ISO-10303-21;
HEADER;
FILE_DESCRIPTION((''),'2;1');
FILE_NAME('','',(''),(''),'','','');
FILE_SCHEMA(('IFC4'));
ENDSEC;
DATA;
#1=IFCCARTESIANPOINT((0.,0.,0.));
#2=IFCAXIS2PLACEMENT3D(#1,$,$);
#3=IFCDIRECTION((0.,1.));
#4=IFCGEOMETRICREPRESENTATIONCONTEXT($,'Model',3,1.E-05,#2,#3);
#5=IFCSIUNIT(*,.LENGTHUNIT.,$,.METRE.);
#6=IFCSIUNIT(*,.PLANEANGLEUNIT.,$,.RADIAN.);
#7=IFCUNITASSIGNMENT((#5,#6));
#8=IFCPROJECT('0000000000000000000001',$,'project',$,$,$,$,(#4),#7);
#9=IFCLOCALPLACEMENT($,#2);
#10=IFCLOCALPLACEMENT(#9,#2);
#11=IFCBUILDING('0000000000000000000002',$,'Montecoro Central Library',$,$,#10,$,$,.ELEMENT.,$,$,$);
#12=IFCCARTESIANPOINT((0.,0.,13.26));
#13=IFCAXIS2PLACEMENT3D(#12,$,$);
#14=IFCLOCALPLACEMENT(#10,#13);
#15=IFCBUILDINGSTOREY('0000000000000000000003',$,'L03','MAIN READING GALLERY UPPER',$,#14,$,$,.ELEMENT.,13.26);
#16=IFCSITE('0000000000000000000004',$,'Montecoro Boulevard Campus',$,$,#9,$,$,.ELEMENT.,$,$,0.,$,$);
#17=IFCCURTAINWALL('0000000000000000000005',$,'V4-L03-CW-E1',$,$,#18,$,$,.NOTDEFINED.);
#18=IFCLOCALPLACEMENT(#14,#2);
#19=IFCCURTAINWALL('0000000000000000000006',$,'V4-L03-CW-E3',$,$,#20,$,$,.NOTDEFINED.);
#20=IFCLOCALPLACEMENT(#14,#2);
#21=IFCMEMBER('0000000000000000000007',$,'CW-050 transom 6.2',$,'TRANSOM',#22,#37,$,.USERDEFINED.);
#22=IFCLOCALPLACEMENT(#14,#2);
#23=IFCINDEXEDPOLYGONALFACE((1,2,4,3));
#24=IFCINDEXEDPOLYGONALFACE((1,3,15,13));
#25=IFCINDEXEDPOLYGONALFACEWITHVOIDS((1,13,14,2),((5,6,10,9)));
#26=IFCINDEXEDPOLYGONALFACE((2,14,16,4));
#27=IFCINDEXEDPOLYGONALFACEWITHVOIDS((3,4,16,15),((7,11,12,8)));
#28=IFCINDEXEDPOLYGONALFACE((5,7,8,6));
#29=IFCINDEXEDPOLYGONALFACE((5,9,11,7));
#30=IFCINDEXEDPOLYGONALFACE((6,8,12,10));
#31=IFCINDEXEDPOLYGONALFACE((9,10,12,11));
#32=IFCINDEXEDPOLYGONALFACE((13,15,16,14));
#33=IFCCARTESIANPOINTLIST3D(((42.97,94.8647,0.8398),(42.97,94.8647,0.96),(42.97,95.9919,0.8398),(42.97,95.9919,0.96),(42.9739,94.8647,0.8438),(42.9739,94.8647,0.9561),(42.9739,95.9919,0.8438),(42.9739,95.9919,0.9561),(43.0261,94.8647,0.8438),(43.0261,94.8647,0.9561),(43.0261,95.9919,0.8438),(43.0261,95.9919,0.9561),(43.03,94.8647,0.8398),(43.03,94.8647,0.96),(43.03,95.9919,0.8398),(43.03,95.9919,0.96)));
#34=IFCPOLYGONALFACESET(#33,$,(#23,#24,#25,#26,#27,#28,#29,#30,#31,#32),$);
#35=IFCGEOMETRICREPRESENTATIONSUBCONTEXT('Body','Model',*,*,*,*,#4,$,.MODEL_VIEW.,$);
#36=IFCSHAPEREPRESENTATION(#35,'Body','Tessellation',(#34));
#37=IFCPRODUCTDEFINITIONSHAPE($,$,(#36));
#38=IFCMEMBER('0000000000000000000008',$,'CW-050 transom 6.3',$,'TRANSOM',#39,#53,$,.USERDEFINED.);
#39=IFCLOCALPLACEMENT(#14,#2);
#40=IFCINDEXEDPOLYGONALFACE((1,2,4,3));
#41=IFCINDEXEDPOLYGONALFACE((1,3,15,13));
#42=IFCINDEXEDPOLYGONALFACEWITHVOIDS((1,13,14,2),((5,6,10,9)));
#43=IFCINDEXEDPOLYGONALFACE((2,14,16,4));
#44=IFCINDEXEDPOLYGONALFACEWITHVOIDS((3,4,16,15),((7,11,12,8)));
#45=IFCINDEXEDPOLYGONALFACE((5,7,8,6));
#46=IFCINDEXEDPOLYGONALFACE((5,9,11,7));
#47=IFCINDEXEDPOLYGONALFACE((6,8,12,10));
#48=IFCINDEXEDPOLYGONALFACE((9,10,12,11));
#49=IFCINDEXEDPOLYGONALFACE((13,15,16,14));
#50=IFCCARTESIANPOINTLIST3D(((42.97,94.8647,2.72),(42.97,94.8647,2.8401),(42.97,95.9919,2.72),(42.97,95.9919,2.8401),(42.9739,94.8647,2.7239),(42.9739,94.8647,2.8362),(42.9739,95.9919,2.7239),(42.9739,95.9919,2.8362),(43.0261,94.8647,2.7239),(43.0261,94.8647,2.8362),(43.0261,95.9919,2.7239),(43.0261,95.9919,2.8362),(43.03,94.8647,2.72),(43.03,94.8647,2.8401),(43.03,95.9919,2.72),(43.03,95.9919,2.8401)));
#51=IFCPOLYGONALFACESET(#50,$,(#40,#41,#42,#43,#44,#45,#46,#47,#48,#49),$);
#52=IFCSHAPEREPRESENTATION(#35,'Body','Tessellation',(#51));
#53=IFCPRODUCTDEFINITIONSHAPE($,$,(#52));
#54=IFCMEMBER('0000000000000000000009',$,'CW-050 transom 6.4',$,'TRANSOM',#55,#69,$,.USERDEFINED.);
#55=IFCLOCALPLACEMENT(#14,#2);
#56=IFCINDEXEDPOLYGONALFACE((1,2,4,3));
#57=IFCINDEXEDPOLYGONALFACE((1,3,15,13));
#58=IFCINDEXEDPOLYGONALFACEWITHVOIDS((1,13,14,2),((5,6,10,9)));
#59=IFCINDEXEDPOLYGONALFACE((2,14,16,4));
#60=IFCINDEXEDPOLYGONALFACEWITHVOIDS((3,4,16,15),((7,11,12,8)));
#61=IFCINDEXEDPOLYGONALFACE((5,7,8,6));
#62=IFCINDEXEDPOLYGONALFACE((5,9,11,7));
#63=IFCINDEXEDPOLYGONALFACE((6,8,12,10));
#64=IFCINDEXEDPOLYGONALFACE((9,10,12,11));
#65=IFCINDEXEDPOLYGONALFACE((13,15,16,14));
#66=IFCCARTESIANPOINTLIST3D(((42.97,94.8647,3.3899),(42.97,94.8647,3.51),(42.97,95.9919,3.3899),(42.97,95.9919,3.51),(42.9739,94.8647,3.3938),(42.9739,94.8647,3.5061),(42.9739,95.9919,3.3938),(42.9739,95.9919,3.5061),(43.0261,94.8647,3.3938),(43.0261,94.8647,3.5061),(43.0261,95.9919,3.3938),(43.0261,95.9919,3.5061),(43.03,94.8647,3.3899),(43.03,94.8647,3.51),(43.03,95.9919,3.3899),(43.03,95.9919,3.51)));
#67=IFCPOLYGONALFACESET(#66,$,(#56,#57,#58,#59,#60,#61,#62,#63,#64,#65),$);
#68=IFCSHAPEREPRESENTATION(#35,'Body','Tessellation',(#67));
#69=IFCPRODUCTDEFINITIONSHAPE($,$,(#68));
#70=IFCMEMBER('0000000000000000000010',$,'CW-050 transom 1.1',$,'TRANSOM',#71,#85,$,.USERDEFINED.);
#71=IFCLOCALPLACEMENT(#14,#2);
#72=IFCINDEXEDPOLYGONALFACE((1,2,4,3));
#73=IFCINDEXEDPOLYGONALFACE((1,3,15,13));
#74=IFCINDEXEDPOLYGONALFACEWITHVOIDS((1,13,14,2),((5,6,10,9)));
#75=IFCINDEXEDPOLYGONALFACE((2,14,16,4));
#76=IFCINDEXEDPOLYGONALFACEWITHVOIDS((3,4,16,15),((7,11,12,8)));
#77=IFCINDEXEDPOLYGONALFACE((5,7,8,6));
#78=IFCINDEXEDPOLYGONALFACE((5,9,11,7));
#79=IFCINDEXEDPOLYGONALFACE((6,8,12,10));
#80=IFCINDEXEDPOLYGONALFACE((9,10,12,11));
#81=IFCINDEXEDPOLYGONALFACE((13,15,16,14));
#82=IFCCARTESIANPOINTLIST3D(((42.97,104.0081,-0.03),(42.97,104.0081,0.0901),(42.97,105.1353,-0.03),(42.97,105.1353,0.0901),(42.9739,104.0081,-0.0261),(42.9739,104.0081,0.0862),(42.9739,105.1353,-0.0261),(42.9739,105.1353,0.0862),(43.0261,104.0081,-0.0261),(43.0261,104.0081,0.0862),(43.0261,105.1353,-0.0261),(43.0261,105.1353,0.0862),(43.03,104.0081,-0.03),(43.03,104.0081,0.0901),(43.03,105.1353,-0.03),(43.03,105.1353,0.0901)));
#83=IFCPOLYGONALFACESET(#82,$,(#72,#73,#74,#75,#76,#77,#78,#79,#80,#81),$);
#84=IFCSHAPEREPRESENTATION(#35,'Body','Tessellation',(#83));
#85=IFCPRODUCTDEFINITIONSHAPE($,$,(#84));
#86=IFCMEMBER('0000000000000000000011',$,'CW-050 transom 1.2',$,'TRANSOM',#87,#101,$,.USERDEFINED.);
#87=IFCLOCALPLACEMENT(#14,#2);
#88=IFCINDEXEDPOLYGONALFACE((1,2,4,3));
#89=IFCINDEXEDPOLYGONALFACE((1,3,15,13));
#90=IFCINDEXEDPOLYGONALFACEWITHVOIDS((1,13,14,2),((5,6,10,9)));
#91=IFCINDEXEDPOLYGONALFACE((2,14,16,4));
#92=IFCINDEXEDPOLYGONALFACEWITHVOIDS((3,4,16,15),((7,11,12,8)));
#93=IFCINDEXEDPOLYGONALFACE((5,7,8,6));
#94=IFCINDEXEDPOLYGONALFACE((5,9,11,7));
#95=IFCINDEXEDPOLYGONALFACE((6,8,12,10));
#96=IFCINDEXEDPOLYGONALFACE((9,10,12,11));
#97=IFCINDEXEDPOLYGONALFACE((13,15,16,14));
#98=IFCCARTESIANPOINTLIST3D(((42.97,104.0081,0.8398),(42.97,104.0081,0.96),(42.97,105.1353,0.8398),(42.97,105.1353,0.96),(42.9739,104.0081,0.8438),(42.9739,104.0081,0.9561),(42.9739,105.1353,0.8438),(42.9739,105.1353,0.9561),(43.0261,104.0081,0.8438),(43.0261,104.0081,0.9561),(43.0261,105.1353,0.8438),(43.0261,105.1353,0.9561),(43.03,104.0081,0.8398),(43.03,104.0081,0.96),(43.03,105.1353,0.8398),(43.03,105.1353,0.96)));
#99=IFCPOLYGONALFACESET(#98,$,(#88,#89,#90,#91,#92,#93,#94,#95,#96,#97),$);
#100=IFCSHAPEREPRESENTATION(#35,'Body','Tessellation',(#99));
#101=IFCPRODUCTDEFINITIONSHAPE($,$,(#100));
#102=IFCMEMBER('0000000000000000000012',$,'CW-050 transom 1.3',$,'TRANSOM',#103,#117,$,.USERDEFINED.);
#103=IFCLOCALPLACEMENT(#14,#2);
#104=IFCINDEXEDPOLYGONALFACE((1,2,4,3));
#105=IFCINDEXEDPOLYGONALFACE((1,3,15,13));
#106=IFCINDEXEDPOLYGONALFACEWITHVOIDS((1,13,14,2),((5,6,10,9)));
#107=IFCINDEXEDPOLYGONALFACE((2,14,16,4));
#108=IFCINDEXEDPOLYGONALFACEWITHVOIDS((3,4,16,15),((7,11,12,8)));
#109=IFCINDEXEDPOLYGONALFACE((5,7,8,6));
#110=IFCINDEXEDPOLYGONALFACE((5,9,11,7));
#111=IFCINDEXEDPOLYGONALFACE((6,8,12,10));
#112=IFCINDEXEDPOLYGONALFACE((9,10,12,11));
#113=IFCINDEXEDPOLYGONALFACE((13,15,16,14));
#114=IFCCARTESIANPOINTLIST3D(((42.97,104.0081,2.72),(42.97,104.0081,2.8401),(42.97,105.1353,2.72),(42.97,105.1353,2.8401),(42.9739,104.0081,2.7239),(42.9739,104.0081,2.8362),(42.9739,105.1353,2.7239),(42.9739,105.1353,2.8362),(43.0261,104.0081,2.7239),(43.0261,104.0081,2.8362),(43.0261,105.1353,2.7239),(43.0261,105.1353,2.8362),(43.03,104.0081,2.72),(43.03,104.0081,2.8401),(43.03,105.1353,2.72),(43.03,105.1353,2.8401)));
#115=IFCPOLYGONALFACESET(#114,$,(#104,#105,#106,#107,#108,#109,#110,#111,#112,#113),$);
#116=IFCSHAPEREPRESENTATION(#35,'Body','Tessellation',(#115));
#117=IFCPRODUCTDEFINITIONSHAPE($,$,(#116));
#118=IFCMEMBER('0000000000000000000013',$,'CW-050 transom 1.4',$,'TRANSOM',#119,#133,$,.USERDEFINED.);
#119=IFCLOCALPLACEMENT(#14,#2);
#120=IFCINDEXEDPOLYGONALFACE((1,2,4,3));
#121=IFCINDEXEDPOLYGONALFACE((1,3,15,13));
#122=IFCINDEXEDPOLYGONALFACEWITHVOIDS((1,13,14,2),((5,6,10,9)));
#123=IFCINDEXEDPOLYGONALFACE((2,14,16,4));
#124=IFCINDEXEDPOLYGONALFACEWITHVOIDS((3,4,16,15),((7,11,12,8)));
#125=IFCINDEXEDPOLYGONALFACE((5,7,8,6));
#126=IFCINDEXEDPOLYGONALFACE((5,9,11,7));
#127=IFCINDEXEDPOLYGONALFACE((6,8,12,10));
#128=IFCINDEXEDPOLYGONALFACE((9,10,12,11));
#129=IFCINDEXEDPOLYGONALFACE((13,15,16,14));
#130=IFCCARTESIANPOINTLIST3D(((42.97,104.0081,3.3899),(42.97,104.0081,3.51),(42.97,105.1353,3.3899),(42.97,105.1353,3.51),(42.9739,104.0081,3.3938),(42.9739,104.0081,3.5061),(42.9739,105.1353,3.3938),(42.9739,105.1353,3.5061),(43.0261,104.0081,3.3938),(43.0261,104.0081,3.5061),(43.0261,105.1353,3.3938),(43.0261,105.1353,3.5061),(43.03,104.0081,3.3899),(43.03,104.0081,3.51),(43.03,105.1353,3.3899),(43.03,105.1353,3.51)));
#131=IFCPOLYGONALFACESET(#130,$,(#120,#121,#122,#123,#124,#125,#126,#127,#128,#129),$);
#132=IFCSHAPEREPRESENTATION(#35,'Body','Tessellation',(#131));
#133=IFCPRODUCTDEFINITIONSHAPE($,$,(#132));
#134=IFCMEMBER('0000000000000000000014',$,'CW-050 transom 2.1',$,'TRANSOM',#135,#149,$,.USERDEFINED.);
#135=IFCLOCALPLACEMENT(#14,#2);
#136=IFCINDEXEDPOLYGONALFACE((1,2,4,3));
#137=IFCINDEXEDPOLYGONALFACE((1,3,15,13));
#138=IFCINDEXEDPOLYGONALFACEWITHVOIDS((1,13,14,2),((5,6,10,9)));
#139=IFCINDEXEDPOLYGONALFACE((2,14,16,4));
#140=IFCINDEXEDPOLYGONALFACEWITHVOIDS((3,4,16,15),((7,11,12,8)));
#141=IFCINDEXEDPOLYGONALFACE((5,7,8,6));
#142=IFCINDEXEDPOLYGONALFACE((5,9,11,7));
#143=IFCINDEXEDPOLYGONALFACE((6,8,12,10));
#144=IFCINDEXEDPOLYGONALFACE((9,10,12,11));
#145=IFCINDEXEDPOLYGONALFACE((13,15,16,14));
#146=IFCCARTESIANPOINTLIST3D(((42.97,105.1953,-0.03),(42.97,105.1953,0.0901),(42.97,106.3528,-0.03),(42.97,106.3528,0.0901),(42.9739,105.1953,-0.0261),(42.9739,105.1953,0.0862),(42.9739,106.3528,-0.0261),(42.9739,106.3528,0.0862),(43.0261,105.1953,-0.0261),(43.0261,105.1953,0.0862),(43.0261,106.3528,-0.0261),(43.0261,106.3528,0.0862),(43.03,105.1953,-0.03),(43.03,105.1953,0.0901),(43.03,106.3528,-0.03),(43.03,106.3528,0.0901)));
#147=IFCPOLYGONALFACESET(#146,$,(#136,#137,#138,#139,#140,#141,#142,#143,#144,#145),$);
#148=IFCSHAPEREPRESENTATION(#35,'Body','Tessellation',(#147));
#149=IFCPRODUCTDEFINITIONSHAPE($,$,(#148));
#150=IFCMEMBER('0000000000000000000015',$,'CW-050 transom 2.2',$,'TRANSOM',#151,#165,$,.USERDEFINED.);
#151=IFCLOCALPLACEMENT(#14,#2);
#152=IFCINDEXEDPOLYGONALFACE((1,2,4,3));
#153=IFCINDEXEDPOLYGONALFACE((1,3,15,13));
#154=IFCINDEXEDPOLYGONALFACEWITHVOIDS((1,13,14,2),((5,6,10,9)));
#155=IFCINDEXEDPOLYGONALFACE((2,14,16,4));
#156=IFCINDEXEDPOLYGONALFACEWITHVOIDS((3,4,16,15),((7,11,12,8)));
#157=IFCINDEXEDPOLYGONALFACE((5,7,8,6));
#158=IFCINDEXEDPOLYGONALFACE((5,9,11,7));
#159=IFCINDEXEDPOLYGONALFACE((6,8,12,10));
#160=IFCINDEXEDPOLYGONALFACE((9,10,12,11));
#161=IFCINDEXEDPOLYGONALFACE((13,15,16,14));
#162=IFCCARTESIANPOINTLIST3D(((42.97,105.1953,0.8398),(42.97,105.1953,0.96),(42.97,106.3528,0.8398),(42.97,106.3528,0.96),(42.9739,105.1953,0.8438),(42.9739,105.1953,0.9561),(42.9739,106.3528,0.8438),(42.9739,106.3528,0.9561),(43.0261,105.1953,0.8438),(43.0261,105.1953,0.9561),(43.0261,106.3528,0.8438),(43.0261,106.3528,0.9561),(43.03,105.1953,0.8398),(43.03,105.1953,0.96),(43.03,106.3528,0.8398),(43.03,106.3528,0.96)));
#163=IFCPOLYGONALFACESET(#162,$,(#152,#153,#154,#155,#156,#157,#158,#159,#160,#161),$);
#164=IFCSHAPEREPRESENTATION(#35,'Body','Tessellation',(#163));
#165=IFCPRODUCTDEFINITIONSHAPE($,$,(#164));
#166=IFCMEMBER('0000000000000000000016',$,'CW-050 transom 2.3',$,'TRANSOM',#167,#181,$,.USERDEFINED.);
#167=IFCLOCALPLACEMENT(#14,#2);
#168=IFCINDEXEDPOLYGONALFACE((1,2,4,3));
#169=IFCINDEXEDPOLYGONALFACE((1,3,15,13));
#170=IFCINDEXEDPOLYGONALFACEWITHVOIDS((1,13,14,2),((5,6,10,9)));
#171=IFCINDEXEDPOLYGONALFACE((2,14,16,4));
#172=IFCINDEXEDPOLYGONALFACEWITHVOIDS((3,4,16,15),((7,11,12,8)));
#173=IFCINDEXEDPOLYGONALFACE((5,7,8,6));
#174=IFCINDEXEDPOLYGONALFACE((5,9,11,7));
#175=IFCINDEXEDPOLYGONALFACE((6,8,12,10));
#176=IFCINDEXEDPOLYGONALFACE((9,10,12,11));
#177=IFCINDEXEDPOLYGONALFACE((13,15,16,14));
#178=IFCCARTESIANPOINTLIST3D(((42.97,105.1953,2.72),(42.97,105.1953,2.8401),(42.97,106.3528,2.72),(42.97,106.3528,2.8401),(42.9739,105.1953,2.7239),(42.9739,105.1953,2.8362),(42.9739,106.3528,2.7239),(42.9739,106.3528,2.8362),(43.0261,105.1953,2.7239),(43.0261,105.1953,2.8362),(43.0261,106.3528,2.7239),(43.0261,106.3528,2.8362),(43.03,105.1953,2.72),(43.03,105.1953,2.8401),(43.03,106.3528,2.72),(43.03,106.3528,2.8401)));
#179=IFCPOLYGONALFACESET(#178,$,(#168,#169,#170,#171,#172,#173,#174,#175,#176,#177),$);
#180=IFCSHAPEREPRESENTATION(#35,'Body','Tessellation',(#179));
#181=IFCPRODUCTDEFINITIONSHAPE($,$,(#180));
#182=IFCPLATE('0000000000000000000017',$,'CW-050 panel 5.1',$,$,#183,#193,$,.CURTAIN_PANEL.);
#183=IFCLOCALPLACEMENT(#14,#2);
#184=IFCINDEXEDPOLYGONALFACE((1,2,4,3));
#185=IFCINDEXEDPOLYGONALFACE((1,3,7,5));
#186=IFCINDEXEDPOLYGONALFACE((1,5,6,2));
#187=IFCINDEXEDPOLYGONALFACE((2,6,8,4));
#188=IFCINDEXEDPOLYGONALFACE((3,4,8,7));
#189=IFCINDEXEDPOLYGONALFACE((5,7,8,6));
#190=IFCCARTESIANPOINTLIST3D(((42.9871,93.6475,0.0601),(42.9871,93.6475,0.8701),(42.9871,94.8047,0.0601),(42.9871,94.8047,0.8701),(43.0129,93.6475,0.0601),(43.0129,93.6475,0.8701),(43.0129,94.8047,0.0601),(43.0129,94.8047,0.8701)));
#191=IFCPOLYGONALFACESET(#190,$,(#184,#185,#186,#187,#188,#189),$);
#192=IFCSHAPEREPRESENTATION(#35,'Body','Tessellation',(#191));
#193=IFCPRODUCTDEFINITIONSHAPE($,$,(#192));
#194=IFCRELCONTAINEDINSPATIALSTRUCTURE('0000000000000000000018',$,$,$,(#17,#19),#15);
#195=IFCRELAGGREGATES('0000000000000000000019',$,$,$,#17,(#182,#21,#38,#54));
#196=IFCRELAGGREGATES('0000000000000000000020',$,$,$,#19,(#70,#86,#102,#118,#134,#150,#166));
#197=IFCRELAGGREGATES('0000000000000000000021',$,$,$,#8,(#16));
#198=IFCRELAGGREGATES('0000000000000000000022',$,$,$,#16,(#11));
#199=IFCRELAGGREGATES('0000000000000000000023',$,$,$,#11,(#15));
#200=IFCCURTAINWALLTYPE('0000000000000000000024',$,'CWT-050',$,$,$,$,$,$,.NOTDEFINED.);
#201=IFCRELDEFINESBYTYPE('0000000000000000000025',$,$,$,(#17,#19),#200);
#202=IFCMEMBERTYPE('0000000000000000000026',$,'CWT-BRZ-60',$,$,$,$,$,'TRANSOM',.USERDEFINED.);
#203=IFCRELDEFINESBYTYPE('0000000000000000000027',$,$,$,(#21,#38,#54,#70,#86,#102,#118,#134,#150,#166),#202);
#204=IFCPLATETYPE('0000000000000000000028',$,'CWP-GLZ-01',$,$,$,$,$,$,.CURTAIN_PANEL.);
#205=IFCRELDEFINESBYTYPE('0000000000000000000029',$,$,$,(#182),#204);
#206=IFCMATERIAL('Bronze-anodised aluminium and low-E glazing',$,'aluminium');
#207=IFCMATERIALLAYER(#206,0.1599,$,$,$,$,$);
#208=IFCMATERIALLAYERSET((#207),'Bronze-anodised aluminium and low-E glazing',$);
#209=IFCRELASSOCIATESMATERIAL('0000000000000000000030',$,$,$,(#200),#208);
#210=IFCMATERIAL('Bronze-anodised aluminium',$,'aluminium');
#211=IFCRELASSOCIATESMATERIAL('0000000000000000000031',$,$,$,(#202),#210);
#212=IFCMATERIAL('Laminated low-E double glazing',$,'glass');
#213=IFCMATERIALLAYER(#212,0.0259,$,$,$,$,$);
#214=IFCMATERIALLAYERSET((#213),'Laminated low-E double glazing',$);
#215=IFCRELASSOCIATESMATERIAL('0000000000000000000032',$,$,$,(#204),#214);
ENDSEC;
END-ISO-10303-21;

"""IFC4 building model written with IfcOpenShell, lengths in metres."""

from ifc_helpers import new_model, si_unit, direction, frame, origin, origin_2d, place, context, subcontext, project, spatial, rectangle, hollow_rectangle, extrude, material, layer, layer_set, material_profile, profile_set, type_object, element, aggregate, save


model = new_model("IFC4")

# Units and contexts
model_context = context("Model", 3, precision=1e-05, world=origin(), true_north=direction((0.0, 1.0)))
body_context = subcontext(model_context, "Body", "Model", "MODEL_VIEW")
ifc_project = project(units=[si_unit("LENGTHUNIT", "METRE"), si_unit("PLANEANGLEUNIT", "RADIAN")], contexts=[model_context])

# Site, building, storey
site_placement = place(None, origin())
site = spatial("IfcSite", under=ifc_project, at=site_placement, Name="Montecoro Boulevard Campus", CompositionType="ELEMENT", RefElevation=0.0)
building_placement = place(site_placement, origin())
building = spatial("IfcBuilding", under=site, at=building_placement, Name="Montecoro Central Library", CompositionType="ELEMENT")
storey_placement = place(building_placement, frame((0.0, 0.0, 13.26)))
storey = spatial("IfcBuildingStorey", under=building, at=storey_placement, Name="L03", Description="MAIN READING GALLERY UPPER", CompositionType="ELEMENT", Elevation=13.26)

# Curtain walls
ifc_material_1 = material(Name="Bronze-anodised aluminium and low-E glazing", Category="aluminium")
ifc_layer_1 = layer(ifc_material_1, 0.1599)
ifc_layer_set_1 = layer_set([ifc_layer_1], Name="Bronze-anodised aluminium and low-E glazing")
curtain_wall_type = type_object("IfcCurtainWallType", Name="CWT-050", PredefinedType="NOTDEFINED", material=ifc_layer_set_1)
curtain_wall_1_placement = place(storey_placement, origin())
curtain_wall_1 = element("IfcCurtainWall", 1, at=curtain_wall_1_placement, inside=storey, type_object=curtain_wall_type, Name="V4-L03-CW-E1", PredefinedType="NOTDEFINED")
ifc_material_2 = material(Name="Bronze-anodised aluminium", Category="aluminium")
curtain_wall_2_placement = place(storey_placement, origin())
curtain_wall_2 = element("IfcCurtainWall", 2, at=curtain_wall_2_placement, inside=storey, type_object=curtain_wall_type, Name="V4-L03-CW-E3", PredefinedType="NOTDEFINED")

# Members
ifc_material_profile_1 = material_profile(ifc_material_2, hollow_rectangle(XDim=0.0601, YDim=0.1201, WallThickness=0.0039, at=origin_2d()), Name="CWT 120x60x4.0")
ifc_profile_set_1 = profile_set([ifc_material_profile_1], Name="Bronze-anodised aluminium")
member_type_1 = type_object("IfcMemberType", Name="CWT-BRZ-60", ElementType="TRANSOM", PredefinedType="USERDEFINED", material=ifc_profile_set_1)
member_1_placement = place(storey_placement, frame((43.0, 94.8647, 0.8999), z_axis=(0.0, 1.0, 0.0), x_axis=(-1.0, 0.0, 0.0)))
member_1 = element("IfcMember", 3, at=member_1_placement, type_object=member_type_1, Name="CW-050 transom 6.2", ObjectType="TRANSOM", PredefinedType="USERDEFINED", context=body_context, shape_type="SweptSolid", body=[
    extrude(hollow_rectangle(XDim=0.0601, YDim=0.1201, WallThickness=0.0039, at=origin_2d()), origin(), (0.0, 0.0, 1.0), 1.1272),
])
member_2_placement = place(storey_placement, frame((43.0, 94.8647, 2.78), z_axis=(0.0, 1.0, 0.0), x_axis=(-1.0, 0.0, 0.0)))
member_2 = element("IfcMember", 4, at=member_2_placement, type_object=member_type_1, Name="CW-050 transom 6.3", ObjectType="TRANSOM", PredefinedType="USERDEFINED", context=body_context, shape_type="SweptSolid", body=[
    extrude(hollow_rectangle(XDim=0.0601, YDim=0.1201, WallThickness=0.0039, at=origin_2d()), origin(), (0.0, 0.0, 1.0), 1.1272),
])
member_3_placement = place(storey_placement, frame((43.0, 94.8647, 3.45), z_axis=(0.0, 1.0, 0.0), x_axis=(-1.0, 0.0, 0.0)))
member_3 = element("IfcMember", 5, at=member_3_placement, type_object=member_type_1, Name="CW-050 transom 6.4", ObjectType="TRANSOM", PredefinedType="USERDEFINED", context=body_context, shape_type="SweptSolid", body=[
    extrude(hollow_rectangle(XDim=0.0601, YDim=0.1201, WallThickness=0.0039, at=origin_2d()), origin(), (0.0, 0.0, 1.0), 1.1272),
])
member_4_placement = place(storey_placement, frame((43.0, 104.0081, 0.03), z_axis=(0.0, 1.0, 0.0), x_axis=(-1.0, 0.0, 0.0)))
member_4 = element("IfcMember", 6, at=member_4_placement, type_object=member_type_1, Name="CW-050 transom 1.1", ObjectType="TRANSOM", PredefinedType="USERDEFINED", context=body_context, shape_type="SweptSolid", body=[
    extrude(hollow_rectangle(XDim=0.0601, YDim=0.1201, WallThickness=0.0039, at=origin_2d()), origin(), (0.0, 0.0, 1.0), 1.1272),
])
member_5_placement = place(storey_placement, frame((43.0, 104.0081, 0.8999), z_axis=(0.0, 1.0, 0.0), x_axis=(-1.0, 0.0, 0.0)))
member_5 = element("IfcMember", 7, at=member_5_placement, type_object=member_type_1, Name="CW-050 transom 1.2", ObjectType="TRANSOM", PredefinedType="USERDEFINED", context=body_context, shape_type="SweptSolid", body=[
    extrude(hollow_rectangle(XDim=0.0601, YDim=0.1201, WallThickness=0.0039, at=origin_2d()), origin(), (0.0, 0.0, 1.0), 1.1272),
])
member_6_placement = place(storey_placement, frame((43.0, 104.0081, 2.78), z_axis=(0.0, 1.0, 0.0), x_axis=(-1.0, 0.0, 0.0)))
member_6 = element("IfcMember", 8, at=member_6_placement, type_object=member_type_1, Name="CW-050 transom 1.3", ObjectType="TRANSOM", PredefinedType="USERDEFINED", context=body_context, shape_type="SweptSolid", body=[
    extrude(hollow_rectangle(XDim=0.0601, YDim=0.1201, WallThickness=0.0039, at=origin_2d()), origin(), (0.0, 0.0, 1.0), 1.1272),
])
member_7_placement = place(storey_placement, frame((43.0, 104.0081, 3.45), z_axis=(0.0, 1.0, 0.0), x_axis=(-1.0, 0.0, 0.0)))
member_7 = element("IfcMember", 9, at=member_7_placement, type_object=member_type_1, Name="CW-050 transom 1.4", ObjectType="TRANSOM", PredefinedType="USERDEFINED", context=body_context, shape_type="SweptSolid", body=[
    extrude(hollow_rectangle(XDim=0.0601, YDim=0.1201, WallThickness=0.0039, at=origin_2d()), origin(), (0.0, 0.0, 1.0), 1.1272),
])
member_8_placement = place(storey_placement, frame((43.0, 105.1953, 0.03), z_axis=(0.0, 1.0, 0.0), x_axis=(-1.0, 0.0, 0.0)))
member_8 = element("IfcMember", 10, at=member_8_placement, type_object=member_type_1, Name="CW-050 transom 2.1", ObjectType="TRANSOM", PredefinedType="USERDEFINED", context=body_context, shape_type="SweptSolid", body=[
    extrude(hollow_rectangle(XDim=0.0601, YDim=0.1201, WallThickness=0.0039, at=origin_2d()), origin(), (0.0, 0.0, 1.0), 1.1575),
])
member_9_placement = place(storey_placement, frame((43.0, 105.1953, 0.8999), z_axis=(0.0, 1.0, 0.0), x_axis=(-1.0, 0.0, 0.0)))
member_9 = element("IfcMember", 11, at=member_9_placement, type_object=member_type_1, Name="CW-050 transom 2.2", ObjectType="TRANSOM", PredefinedType="USERDEFINED", context=body_context, shape_type="SweptSolid", body=[
    extrude(hollow_rectangle(XDim=0.0601, YDim=0.1201, WallThickness=0.0039, at=origin_2d()), origin(), (0.0, 0.0, 1.0), 1.1575),
])
member_10_placement = place(storey_placement, frame((43.0, 105.1953, 2.78), z_axis=(0.0, 1.0, 0.0), x_axis=(-1.0, 0.0, 0.0)))
member_10 = element("IfcMember", 12, at=member_10_placement, type_object=member_type_1, Name="CW-050 transom 2.3", ObjectType="TRANSOM", PredefinedType="USERDEFINED", context=body_context, shape_type="SweptSolid", body=[
    extrude(hollow_rectangle(XDim=0.0601, YDim=0.1201, WallThickness=0.0039, at=origin_2d()), origin(), (0.0, 0.0, 1.0), 1.1575),
])

# Plate
ifc_material_3 = material(Name="Laminated low-E double glazing", Category="glass")
ifc_layer_2 = layer(ifc_material_3, 0.0259)
ifc_layer_set_2 = layer_set([ifc_layer_2], Name="Laminated low-E double glazing")
plate_type_1 = type_object("IfcPlateType", Name="CWP-GLZ-01", PredefinedType="CURTAIN_PANEL", material=ifc_layer_set_2)
plate_1_placement = place(storey_placement, frame((43.0, 94.2261, 0.0601), z_axis=(0.0, 0.0, 1.0), x_axis=(0.0, 1.0, 0.0)))
plate_1 = element("IfcPlate", 13, at=plate_1_placement, type_object=plate_type_1, Name="CW-050 panel 5.1", PredefinedType="CURTAIN_PANEL", context=body_context, shape_type="SweptSolid", body=[
    extrude(rectangle(XDim=1.1572, YDim=0.0259, at=origin_2d()), origin(), (0.0, 0.0, 1.0), 0.8101),
])
aggregate(curtain_wall_1, [plate_1, member_1, member_2, member_3])
aggregate(curtain_wall_2, [member_4, member_5, member_6, member_7, member_8, member_9, member_10])

save(model, "model.ifc")
